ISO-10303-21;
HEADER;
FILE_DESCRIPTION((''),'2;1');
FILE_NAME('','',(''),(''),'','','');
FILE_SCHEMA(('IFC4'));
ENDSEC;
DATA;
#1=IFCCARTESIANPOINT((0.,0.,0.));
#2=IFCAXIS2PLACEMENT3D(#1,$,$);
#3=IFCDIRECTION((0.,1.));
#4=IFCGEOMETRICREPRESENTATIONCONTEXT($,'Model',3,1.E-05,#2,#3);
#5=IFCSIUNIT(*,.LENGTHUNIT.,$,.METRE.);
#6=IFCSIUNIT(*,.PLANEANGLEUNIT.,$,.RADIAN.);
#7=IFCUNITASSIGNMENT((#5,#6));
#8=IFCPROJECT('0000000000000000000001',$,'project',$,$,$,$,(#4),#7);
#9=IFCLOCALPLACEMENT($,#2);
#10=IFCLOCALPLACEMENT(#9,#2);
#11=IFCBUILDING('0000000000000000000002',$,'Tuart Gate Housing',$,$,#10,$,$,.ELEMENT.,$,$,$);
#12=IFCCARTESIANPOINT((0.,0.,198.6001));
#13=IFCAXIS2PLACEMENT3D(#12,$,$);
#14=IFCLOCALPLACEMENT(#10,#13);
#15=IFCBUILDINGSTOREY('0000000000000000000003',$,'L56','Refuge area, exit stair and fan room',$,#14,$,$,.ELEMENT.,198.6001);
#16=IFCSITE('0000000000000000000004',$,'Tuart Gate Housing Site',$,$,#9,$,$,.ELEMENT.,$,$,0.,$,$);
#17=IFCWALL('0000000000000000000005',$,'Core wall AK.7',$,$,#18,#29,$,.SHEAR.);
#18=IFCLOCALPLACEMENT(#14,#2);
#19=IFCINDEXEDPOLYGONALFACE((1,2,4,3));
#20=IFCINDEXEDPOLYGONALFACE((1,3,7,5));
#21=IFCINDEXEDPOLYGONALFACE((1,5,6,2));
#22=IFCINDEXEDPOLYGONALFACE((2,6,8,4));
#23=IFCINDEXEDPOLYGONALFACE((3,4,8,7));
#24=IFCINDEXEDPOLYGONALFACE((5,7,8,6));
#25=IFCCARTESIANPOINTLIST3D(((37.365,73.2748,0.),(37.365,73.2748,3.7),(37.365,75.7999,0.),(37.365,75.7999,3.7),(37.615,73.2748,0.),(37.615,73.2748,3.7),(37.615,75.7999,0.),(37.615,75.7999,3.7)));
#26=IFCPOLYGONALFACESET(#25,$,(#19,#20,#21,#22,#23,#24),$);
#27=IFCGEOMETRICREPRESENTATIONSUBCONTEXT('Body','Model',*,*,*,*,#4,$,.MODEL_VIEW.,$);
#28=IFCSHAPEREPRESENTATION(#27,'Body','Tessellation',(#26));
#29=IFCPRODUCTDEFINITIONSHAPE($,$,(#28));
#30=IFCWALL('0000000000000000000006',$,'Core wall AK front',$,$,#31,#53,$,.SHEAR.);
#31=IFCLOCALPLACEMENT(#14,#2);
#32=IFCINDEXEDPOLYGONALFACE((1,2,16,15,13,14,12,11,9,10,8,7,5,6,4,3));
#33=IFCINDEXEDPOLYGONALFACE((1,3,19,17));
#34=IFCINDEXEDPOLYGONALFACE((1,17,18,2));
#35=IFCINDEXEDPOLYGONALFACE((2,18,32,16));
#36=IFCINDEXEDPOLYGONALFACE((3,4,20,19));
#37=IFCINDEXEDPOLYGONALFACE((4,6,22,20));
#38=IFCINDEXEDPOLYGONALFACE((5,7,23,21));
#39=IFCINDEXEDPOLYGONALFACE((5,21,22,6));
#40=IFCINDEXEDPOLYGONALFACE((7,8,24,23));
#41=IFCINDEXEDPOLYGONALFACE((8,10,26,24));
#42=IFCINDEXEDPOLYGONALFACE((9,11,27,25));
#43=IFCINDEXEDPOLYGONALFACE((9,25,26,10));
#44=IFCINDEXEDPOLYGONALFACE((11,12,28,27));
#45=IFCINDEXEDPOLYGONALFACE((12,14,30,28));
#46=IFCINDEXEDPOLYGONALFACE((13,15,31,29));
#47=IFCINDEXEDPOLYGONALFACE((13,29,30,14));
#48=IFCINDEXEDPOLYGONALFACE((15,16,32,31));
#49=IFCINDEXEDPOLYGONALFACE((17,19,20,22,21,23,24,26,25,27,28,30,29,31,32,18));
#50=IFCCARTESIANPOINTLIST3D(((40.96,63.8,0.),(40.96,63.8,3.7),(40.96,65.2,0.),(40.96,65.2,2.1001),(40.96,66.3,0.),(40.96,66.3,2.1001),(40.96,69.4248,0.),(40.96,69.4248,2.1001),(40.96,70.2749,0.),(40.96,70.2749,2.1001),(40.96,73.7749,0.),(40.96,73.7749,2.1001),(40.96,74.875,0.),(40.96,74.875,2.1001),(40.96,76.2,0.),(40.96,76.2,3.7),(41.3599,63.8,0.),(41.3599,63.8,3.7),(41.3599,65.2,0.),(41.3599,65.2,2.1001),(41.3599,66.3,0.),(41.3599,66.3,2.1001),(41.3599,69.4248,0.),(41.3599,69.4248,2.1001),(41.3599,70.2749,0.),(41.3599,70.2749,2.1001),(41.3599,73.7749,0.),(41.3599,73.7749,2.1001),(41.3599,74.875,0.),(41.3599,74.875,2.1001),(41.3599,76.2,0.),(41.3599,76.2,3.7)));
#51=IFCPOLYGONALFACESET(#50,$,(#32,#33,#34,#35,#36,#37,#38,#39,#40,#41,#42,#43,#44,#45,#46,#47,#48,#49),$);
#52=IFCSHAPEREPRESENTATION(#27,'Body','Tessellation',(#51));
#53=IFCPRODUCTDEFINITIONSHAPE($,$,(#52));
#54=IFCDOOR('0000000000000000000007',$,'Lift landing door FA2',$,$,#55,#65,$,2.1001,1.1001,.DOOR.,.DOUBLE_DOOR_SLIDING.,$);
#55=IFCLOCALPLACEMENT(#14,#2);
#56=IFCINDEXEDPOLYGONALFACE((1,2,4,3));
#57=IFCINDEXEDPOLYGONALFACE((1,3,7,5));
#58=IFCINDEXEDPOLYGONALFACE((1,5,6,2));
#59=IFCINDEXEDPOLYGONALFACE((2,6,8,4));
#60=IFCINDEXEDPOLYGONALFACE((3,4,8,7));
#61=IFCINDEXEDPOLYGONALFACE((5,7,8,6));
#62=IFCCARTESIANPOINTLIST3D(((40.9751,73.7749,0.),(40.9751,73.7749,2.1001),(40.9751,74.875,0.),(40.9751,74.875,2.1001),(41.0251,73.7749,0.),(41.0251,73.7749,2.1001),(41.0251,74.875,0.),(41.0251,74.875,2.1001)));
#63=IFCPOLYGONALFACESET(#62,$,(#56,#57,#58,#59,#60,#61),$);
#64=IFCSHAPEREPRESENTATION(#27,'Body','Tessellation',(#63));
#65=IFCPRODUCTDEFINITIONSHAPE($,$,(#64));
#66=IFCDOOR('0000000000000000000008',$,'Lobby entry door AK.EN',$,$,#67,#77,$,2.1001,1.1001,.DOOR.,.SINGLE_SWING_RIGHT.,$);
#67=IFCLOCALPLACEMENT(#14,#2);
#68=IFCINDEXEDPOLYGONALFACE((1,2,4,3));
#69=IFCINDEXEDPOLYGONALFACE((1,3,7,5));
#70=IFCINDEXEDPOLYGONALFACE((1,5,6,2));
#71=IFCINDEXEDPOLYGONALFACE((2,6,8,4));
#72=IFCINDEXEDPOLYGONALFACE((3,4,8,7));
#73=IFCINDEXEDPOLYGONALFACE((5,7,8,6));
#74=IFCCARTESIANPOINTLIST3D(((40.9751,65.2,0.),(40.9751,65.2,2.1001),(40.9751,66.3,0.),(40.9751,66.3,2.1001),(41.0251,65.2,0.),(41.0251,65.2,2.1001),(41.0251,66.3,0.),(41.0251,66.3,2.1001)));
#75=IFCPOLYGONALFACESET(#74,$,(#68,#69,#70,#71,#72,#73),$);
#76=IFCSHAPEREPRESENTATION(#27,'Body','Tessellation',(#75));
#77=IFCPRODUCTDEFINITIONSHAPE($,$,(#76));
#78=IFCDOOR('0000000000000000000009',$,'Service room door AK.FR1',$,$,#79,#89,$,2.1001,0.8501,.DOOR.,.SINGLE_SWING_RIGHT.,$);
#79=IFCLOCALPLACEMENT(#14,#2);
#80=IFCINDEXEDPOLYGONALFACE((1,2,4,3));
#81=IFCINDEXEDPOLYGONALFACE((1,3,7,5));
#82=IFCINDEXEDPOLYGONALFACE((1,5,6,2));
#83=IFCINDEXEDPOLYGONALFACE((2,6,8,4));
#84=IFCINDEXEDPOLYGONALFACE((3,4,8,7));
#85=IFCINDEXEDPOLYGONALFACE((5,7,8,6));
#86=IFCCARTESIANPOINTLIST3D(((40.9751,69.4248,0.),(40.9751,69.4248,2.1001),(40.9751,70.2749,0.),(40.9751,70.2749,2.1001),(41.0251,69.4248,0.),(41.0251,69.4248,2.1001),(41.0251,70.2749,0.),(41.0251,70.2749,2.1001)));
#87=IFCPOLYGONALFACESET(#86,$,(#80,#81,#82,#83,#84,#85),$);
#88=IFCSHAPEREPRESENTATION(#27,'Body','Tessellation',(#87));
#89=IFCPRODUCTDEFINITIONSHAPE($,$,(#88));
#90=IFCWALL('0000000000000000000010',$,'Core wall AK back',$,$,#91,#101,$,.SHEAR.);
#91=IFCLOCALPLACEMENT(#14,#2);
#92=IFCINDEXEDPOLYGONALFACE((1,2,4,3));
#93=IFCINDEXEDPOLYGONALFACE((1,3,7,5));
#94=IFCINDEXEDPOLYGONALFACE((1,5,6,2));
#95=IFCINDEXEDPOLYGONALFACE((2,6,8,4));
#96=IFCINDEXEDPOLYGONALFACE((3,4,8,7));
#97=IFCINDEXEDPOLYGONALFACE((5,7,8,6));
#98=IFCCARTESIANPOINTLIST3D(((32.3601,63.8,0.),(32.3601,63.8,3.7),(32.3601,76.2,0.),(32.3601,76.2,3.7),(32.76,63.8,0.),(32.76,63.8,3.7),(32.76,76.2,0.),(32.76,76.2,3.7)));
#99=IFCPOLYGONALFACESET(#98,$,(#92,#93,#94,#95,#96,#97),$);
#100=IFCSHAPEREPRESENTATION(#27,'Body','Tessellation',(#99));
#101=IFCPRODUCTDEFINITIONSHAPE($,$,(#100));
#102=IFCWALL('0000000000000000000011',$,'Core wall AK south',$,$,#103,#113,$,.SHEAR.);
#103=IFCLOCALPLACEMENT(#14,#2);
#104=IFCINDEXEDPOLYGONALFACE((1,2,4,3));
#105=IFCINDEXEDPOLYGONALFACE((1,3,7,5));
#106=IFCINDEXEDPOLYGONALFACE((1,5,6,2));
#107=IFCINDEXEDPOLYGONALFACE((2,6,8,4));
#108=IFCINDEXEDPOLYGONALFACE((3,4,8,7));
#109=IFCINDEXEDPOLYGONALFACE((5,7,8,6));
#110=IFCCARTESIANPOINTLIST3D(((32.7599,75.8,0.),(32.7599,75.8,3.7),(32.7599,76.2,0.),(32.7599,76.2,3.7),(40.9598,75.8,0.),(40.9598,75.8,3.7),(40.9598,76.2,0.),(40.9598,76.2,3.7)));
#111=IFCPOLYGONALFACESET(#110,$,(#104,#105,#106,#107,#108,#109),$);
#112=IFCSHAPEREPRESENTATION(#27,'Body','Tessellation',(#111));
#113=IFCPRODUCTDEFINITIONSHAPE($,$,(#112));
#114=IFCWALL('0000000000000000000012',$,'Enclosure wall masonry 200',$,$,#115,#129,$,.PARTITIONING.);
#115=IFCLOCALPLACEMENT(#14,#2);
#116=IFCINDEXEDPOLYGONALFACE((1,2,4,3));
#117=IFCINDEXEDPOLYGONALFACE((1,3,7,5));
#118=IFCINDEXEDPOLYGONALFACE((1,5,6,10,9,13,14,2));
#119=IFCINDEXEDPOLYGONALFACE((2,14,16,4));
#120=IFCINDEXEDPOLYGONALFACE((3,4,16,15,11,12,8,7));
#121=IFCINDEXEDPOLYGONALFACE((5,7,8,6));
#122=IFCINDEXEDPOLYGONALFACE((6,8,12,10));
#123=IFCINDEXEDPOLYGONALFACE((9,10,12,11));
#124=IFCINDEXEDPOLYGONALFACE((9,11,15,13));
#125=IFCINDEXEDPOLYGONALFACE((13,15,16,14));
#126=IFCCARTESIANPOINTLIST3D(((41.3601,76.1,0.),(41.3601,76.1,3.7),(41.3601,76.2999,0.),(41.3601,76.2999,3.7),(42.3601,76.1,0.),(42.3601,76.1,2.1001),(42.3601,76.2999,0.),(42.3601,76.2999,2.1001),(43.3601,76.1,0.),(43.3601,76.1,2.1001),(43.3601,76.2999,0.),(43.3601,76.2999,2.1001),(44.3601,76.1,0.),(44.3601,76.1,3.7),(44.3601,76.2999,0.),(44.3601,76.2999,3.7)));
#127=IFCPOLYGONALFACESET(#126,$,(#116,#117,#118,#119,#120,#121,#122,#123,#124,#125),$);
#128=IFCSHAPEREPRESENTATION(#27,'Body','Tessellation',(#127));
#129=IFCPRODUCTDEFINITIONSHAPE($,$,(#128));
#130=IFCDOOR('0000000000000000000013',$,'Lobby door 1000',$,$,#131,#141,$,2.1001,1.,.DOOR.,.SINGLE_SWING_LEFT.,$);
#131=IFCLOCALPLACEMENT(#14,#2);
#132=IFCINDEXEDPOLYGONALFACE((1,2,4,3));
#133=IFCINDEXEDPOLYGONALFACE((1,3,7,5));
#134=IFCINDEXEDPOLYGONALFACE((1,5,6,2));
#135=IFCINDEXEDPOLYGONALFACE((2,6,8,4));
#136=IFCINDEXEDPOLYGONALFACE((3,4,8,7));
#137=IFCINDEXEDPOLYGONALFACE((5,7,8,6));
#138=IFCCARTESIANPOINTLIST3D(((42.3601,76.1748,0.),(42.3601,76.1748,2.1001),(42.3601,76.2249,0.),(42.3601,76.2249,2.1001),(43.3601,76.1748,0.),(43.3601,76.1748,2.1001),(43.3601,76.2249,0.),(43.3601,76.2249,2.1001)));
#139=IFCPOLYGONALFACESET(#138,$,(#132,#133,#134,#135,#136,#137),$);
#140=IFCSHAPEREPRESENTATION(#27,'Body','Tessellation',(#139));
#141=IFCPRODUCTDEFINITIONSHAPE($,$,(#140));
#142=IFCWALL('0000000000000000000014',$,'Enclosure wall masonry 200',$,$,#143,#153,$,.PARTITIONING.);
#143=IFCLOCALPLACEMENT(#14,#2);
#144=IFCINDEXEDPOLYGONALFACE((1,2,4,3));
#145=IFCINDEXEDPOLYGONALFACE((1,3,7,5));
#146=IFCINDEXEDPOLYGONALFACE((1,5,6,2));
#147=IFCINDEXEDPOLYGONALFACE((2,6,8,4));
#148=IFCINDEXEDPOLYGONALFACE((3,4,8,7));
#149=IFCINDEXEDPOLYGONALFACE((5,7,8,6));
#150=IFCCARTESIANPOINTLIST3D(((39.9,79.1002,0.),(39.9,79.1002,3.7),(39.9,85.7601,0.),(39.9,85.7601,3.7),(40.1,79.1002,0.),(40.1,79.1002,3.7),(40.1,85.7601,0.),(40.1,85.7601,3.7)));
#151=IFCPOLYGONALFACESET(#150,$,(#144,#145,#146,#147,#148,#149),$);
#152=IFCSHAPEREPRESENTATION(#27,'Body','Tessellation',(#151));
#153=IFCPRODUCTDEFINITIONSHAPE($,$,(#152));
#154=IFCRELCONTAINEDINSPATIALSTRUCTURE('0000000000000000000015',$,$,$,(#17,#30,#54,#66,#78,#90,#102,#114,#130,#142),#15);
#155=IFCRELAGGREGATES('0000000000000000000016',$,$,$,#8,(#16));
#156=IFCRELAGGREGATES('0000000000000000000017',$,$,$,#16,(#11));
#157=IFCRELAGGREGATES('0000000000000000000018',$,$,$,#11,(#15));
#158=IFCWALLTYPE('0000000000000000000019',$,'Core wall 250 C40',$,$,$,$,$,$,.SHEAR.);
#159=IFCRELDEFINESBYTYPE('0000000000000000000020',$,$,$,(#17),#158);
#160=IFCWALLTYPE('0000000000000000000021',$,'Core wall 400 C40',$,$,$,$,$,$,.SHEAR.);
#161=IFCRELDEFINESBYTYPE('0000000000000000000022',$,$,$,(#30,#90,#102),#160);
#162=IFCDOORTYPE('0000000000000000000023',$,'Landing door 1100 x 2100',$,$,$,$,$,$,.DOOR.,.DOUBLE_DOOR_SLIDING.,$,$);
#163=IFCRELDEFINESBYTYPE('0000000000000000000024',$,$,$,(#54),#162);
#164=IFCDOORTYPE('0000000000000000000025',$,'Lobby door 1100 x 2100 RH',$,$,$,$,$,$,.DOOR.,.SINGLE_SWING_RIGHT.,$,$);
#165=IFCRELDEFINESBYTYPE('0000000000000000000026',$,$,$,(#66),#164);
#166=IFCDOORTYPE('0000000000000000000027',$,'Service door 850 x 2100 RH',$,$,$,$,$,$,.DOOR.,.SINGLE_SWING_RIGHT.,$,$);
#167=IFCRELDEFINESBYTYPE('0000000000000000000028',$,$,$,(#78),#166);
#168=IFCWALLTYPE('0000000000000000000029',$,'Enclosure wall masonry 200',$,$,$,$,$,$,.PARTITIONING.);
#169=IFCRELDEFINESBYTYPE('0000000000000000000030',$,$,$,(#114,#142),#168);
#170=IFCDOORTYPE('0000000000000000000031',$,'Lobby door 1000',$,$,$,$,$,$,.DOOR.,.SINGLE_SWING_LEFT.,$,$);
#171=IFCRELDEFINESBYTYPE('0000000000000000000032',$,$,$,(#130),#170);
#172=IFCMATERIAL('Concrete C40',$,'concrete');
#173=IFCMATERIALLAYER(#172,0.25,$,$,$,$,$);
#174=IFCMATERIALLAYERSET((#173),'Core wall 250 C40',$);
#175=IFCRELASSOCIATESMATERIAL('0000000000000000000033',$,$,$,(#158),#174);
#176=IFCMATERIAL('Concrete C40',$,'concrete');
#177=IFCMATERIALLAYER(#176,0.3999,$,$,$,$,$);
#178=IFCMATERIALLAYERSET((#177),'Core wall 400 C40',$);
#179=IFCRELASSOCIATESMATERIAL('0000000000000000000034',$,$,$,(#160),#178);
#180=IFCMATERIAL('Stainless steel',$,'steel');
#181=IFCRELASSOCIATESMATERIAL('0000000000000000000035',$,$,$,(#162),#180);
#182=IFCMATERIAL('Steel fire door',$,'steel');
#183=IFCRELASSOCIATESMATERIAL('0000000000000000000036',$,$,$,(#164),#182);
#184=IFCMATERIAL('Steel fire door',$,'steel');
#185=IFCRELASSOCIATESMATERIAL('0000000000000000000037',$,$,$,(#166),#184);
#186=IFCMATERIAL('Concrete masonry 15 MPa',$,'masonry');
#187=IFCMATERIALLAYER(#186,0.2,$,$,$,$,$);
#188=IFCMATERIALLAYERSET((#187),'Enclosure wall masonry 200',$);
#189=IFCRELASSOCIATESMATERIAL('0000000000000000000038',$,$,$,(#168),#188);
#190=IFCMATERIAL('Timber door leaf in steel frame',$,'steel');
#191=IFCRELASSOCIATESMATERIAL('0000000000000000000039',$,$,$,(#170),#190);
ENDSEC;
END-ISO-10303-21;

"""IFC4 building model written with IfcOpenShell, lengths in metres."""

from ifc_helpers import new_model, si_unit, direction, frame, frame_2d, origin, place, context, subcontext, project, spatial, rectangle, extrude, material, layer, layer_set, type_object, element, fill, save


model = new_model("IFC4")

# Units and contexts
model_context = context("Model", 3, precision=1e-05, world=origin(), true_north=direction((0.0, 1.0)))
body_context = subcontext(model_context, "Body", "Model", "MODEL_VIEW")
ifc_project = project(units=[si_unit("LENGTHUNIT", "METRE"), si_unit("PLANEANGLEUNIT", "RADIAN")], contexts=[model_context])

# Site, building, storey
site_placement = place(None, origin())
site = spatial("IfcSite", under=ifc_project, at=site_placement, Name="Tuart Gate Housing Site", CompositionType="ELEMENT", RefElevation=0.0)
building_placement = place(site_placement, origin())
building = spatial("IfcBuilding", under=site, at=building_placement, Name="Tuart Gate Housing", CompositionType="ELEMENT")
storey_placement = place(building_placement, frame((0.0, 0.0, 198.6001)))
storey = spatial("IfcBuildingStorey", under=building, at=storey_placement, Name="L56", Description="Refuge area, exit stair and fan room", CompositionType="ELEMENT", Elevation=198.6001)

# Wall
ifc_material_1 = material(Name="Concrete C40", Category="concrete")
ifc_layer_1 = layer(ifc_material_1, 0.25)
ifc_layer_set_1 = layer_set([ifc_layer_1], Name="Core wall 250 C40")
wall_type_1 = type_object("IfcWallType", Name="Core wall 250 C40", PredefinedType="SHEAR", material=ifc_layer_set_1)
wall_1_placement = place(storey_placement, frame((37.49, 75.8, 0.0), z_axis=(0.0, 0.0, 1.0), x_axis=(0.0, -1.0, 0.0)))
element("IfcWall", 1, at=wall_1_placement, inside=storey, type_object=wall_type_1, Name="Core wall AK.7", PredefinedType="SHEAR", context=body_context, shape_type="SweptSolid", body=[
    extrude(rectangle(XDim=2.5251, YDim=0.25, at=frame_2d((1.2627, 0.0))), origin(), (0.0, 0.0, 1.0), 3.7),
])

# Wall, openings, doors
ifc_material_2 = material(Name="Concrete C40", Category="concrete")
ifc_layer_2 = layer(ifc_material_2, 0.3999)
ifc_layer_set_2 = layer_set([ifc_layer_2], Name="Core wall 400 C40")
wall_type_2 = type_object("IfcWallType", Name="Core wall 400 C40", PredefinedType="SHEAR", material=ifc_layer_set_2)
wall_2_placement = place(storey_placement, frame((41.1599, 76.2, 0.0), z_axis=(0.0, 0.0, 1.0), x_axis=(0.0, -1.0, 0.0)))
wall_2 = element("IfcWall", 2, at=wall_2_placement, inside=storey, type_object=wall_type_2, Name="Core wall AK front", PredefinedType="SHEAR", context=body_context, shape_type="SweptSolid", body=[
    extrude(rectangle(XDim=12.3999, YDim=0.3999, at=frame_2d((6.2, 0.0))), origin(), (0.0, 0.0, 1.0), 3.7),
])
opening_1_placement = place(wall_2_placement, frame((1.325, 0.0, 0.0)))
opening_1 = element("IfcOpeningElement", 3, at=opening_1_placement, cuts=wall_2, PredefinedType="OPENING", context=body_context, shape_type="SweptSolid", body=[
    extrude(rectangle(XDim=1.1001, YDim=2.1001, at=frame_2d((0.55, 1.05))), frame((0.0, 0.21, 0.0), z_axis=(0.0, -1.0, 0.0), x_axis=(1.0, 0.0, 0.0)), (0.0, 0.0, 1.0), 0.4199),
])
opening_2_placement = place(wall_2_placement, frame((5.925, 0.0, 0.0)))
opening_2 = element("IfcOpeningElement", 4, at=opening_2_placement, cuts=wall_2, PredefinedType="OPENING", context=body_context, shape_type="SweptSolid", body=[
    extrude(rectangle(XDim=0.8501, YDim=2.1001, at=frame_2d((0.425, 1.05))), frame((0.0, 0.21, 0.0), z_axis=(0.0, -1.0, 0.0), x_axis=(1.0, 0.0, 0.0)), (0.0, 0.0, 1.0), 0.4199),
])
opening_3_placement = place(wall_2_placement, frame((9.8999, 0.0, 0.0)))
opening_3 = element("IfcOpeningElement", 5, at=opening_3_placement, cuts=wall_2, PredefinedType="OPENING", context=body_context, shape_type="SweptSolid", body=[
    extrude(rectangle(XDim=1.1001, YDim=2.1001, at=frame_2d((0.55, 1.05))), frame((0.0, 0.21, 0.0), z_axis=(0.0, -1.0, 0.0), x_axis=(1.0, 0.0, 0.0)), (0.0, 0.0, 1.0), 0.4199),
])
ifc_material_3 = material(Name="Stainless steel", Category="steel")
door_type_1 = type_object("IfcDoorType", Name="Landing door 1100 x 2100", OperationType="DOUBLE_DOOR_SLIDING", PredefinedType="DOOR", material=ifc_material_3)
door_1_placement = place(opening_1_placement, origin())
door_1 = element("IfcDoor", 6, at=door_1_placement, inside=storey, type_object=door_type_1, Name="Lift landing door FA2", OperationType="DOUBLE_DOOR_SLIDING", OverallHeight=2.1001, OverallWidth=1.1001, PredefinedType="DOOR", context=body_context, shape_type="SweptSolid", body=[
    extrude(rectangle(XDim=1.1001, YDim=2.1001, at=frame_2d((0.55, 1.05))), frame((0.0, -0.1348, 0.0), z_axis=(0.0, -1.0, 0.0), x_axis=(1.0, 0.0, 0.0)), (0.0, 0.0, 1.0), 0.05),
])
fill(opening_1, door_1)
ifc_material_4 = material(Name="Steel fire door", Category="steel")
door_type_2 = type_object("IfcDoorType", Name="Lobby door 1100 x 2100 RH", OperationType="SINGLE_SWING_RIGHT", PredefinedType="DOOR", material=ifc_material_4)
door_2_placement = place(opening_3_placement, frame((1.1001, 0.0, 0.0), z_axis=(0.0, 0.0, 1.0), x_axis=(-1.0, 0.0, 0.0)))
door_2 = element("IfcDoor", 7, at=door_2_placement, inside=storey, type_object=door_type_2, Name="Lobby entry door AK.EN", OperationType="SINGLE_SWING_RIGHT", OverallHeight=2.1001, OverallWidth=1.1001, PredefinedType="DOOR", context=body_context, shape_type="SweptSolid", body=[
    extrude(rectangle(XDim=1.1001, YDim=2.1001, at=frame_2d((0.55, 1.05))), frame((0.0, 0.1848, 0.0), z_axis=(0.0, -1.0, 0.0), x_axis=(1.0, 0.0, 0.0)), (0.0, 0.0, 1.0), 0.05),
])
fill(opening_3, door_2)
ifc_material_5 = material(Name="Steel fire door", Category="steel")
door_type_3 = type_object("IfcDoorType", Name="Service door 850 x 2100 RH", OperationType="SINGLE_SWING_RIGHT", PredefinedType="DOOR", material=ifc_material_5)
door_3_placement = place(opening_2_placement, frame((0.8501, 0.0, 0.0), z_axis=(0.0, 0.0, 1.0), x_axis=(-1.0, 0.0, 0.0)))
door_3 = element("IfcDoor", 8, at=door_3_placement, inside=storey, type_object=door_type_3, Name="Service room door AK.FR1", OperationType="SINGLE_SWING_RIGHT", OverallHeight=2.1001, OverallWidth=0.8501, PredefinedType="DOOR", context=body_context, shape_type="SweptSolid", body=[
    extrude(rectangle(XDim=0.8501, YDim=2.1001, at=frame_2d((0.425, 1.05))), frame((0.0, 0.1848, 0.0), z_axis=(0.0, -1.0, 0.0), x_axis=(1.0, 0.0, 0.0)), (0.0, 0.0, 1.0), 0.05),
])
fill(opening_2, door_3)

# Walls
wall_3_placement = place(storey_placement, frame((32.5601, 76.2, 0.0), z_axis=(0.0, 0.0, 1.0), x_axis=(0.0, -1.0, 0.0)))
element("IfcWall", 9, at=wall_3_placement, inside=storey, type_object=wall_type_2, Name="Core wall AK back", PredefinedType="SHEAR", context=body_context, shape_type="SweptSolid", body=[
    extrude(rectangle(XDim=12.3999, YDim=0.3999, at=frame_2d((6.2, 0.0))), origin(), (0.0, 0.0, 1.0), 3.7),
])
wall_4_placement = place(storey_placement, frame((40.96, 76.0, 0.0), z_axis=(0.0, 0.0, 1.0), x_axis=(-1.0, 0.0, 0.0)))
element("IfcWall", 10, at=wall_4_placement, inside=storey, type_object=wall_type_2, Name="Core wall AK south", PredefinedType="SHEAR", context=body_context, shape_type="SweptSolid", body=[
    extrude(rectangle(XDim=8.2, YDim=0.3999, at=frame_2d((4.1001, 0.0))), origin(), (0.0, 0.0, 1.0), 3.7),
])

# Wall, opening, door
ifc_material_6 = material(Name="Concrete masonry 15 MPa", Category="masonry")
ifc_layer_3 = layer(ifc_material_6, 0.2)
ifc_layer_set_3 = layer_set([ifc_layer_3], Name="Enclosure wall masonry 200")
wall_type_3 = type_object("IfcWallType", Name="Enclosure wall masonry 200", PredefinedType="PARTITIONING", material=ifc_layer_set_3)
wall_5_placement = place(storey_placement, frame((41.3601, 76.2, 0.0), z_axis=(0.0, 0.0, 1.0), x_axis=(1.0, 0.0, 0.0)))
wall_5 = element("IfcWall", 11, at=wall_5_placement, inside=storey, type_object=wall_type_3, Name="Enclosure wall masonry 200", PredefinedType="PARTITIONING", context=body_context, shape_type="SweptSolid", body=[
    extrude(rectangle(XDim=3.0, YDim=0.2, at=frame_2d((1.5, 0.0))), origin(), (0.0, 0.0, 1.0), 3.7),
])
opening_4_placement = place(wall_5_placement, frame((1.0, 0.0, 0.0)))
opening_4 = element("IfcOpeningElement", 12, at=opening_4_placement, cuts=wall_5, PredefinedType="OPENING", context=body_context, shape_type="SweptSolid", body=[
    extrude(rectangle(XDim=1.0, YDim=2.1001, at=frame_2d((0.5, 1.05))), frame((0.0, 0.1099, 0.0), z_axis=(0.0, -1.0, 0.0), x_axis=(1.0, 0.0, 0.0)), (0.0, 0.0, 1.0), 0.22),
])
ifc_material_7 = material(Name="Timber door leaf in steel frame", Category="steel")
door_type_4 = type_object("IfcDoorType", Name="Lobby door 1000", OperationType="SINGLE_SWING_LEFT", PredefinedType="DOOR", material=ifc_material_7)
door_4_placement = place(opening_4_placement, frame((1.0, 0.0, 0.0), z_axis=(0.0, 0.0, 1.0), x_axis=(-1.0, 0.0, 0.0)))
door_4 = element("IfcDoor", 13, at=door_4_placement, inside=storey, type_object=door_type_4, Name="Lobby door 1000", OperationType="SINGLE_SWING_LEFT", OverallHeight=2.1001, OverallWidth=1.0, PredefinedType="DOOR", context=body_context, shape_type="SweptSolid", body=[
    extrude(rectangle(XDim=1.0, YDim=2.1001, at=frame_2d((0.5, 1.05))), frame((0.0, 0.0251, 0.0), z_axis=(0.0, -1.0, 0.0), x_axis=(1.0, 0.0, 0.0)), (0.0, 0.0, 1.0), 0.05),
])
fill(opening_4, door_4)

# Wall
wall_6_placement = place(storey_placement, frame((40.0, 79.1001, 0.0), z_axis=(0.0, 0.0, 1.0), x_axis=(0.0, 1.0, 0.0)))
element("IfcWall", 14, at=wall_6_placement, inside=storey, type_object=wall_type_3, Name="Enclosure wall masonry 200", PredefinedType="PARTITIONING", context=body_context, shape_type="SweptSolid", body=[
    extrude(rectangle(XDim=6.6599, YDim=0.2, at=frame_2d((3.3301, 0.0))), origin(), (0.0, 0.0, 1.0), 3.7),
])

save(model, "model.ifc")
